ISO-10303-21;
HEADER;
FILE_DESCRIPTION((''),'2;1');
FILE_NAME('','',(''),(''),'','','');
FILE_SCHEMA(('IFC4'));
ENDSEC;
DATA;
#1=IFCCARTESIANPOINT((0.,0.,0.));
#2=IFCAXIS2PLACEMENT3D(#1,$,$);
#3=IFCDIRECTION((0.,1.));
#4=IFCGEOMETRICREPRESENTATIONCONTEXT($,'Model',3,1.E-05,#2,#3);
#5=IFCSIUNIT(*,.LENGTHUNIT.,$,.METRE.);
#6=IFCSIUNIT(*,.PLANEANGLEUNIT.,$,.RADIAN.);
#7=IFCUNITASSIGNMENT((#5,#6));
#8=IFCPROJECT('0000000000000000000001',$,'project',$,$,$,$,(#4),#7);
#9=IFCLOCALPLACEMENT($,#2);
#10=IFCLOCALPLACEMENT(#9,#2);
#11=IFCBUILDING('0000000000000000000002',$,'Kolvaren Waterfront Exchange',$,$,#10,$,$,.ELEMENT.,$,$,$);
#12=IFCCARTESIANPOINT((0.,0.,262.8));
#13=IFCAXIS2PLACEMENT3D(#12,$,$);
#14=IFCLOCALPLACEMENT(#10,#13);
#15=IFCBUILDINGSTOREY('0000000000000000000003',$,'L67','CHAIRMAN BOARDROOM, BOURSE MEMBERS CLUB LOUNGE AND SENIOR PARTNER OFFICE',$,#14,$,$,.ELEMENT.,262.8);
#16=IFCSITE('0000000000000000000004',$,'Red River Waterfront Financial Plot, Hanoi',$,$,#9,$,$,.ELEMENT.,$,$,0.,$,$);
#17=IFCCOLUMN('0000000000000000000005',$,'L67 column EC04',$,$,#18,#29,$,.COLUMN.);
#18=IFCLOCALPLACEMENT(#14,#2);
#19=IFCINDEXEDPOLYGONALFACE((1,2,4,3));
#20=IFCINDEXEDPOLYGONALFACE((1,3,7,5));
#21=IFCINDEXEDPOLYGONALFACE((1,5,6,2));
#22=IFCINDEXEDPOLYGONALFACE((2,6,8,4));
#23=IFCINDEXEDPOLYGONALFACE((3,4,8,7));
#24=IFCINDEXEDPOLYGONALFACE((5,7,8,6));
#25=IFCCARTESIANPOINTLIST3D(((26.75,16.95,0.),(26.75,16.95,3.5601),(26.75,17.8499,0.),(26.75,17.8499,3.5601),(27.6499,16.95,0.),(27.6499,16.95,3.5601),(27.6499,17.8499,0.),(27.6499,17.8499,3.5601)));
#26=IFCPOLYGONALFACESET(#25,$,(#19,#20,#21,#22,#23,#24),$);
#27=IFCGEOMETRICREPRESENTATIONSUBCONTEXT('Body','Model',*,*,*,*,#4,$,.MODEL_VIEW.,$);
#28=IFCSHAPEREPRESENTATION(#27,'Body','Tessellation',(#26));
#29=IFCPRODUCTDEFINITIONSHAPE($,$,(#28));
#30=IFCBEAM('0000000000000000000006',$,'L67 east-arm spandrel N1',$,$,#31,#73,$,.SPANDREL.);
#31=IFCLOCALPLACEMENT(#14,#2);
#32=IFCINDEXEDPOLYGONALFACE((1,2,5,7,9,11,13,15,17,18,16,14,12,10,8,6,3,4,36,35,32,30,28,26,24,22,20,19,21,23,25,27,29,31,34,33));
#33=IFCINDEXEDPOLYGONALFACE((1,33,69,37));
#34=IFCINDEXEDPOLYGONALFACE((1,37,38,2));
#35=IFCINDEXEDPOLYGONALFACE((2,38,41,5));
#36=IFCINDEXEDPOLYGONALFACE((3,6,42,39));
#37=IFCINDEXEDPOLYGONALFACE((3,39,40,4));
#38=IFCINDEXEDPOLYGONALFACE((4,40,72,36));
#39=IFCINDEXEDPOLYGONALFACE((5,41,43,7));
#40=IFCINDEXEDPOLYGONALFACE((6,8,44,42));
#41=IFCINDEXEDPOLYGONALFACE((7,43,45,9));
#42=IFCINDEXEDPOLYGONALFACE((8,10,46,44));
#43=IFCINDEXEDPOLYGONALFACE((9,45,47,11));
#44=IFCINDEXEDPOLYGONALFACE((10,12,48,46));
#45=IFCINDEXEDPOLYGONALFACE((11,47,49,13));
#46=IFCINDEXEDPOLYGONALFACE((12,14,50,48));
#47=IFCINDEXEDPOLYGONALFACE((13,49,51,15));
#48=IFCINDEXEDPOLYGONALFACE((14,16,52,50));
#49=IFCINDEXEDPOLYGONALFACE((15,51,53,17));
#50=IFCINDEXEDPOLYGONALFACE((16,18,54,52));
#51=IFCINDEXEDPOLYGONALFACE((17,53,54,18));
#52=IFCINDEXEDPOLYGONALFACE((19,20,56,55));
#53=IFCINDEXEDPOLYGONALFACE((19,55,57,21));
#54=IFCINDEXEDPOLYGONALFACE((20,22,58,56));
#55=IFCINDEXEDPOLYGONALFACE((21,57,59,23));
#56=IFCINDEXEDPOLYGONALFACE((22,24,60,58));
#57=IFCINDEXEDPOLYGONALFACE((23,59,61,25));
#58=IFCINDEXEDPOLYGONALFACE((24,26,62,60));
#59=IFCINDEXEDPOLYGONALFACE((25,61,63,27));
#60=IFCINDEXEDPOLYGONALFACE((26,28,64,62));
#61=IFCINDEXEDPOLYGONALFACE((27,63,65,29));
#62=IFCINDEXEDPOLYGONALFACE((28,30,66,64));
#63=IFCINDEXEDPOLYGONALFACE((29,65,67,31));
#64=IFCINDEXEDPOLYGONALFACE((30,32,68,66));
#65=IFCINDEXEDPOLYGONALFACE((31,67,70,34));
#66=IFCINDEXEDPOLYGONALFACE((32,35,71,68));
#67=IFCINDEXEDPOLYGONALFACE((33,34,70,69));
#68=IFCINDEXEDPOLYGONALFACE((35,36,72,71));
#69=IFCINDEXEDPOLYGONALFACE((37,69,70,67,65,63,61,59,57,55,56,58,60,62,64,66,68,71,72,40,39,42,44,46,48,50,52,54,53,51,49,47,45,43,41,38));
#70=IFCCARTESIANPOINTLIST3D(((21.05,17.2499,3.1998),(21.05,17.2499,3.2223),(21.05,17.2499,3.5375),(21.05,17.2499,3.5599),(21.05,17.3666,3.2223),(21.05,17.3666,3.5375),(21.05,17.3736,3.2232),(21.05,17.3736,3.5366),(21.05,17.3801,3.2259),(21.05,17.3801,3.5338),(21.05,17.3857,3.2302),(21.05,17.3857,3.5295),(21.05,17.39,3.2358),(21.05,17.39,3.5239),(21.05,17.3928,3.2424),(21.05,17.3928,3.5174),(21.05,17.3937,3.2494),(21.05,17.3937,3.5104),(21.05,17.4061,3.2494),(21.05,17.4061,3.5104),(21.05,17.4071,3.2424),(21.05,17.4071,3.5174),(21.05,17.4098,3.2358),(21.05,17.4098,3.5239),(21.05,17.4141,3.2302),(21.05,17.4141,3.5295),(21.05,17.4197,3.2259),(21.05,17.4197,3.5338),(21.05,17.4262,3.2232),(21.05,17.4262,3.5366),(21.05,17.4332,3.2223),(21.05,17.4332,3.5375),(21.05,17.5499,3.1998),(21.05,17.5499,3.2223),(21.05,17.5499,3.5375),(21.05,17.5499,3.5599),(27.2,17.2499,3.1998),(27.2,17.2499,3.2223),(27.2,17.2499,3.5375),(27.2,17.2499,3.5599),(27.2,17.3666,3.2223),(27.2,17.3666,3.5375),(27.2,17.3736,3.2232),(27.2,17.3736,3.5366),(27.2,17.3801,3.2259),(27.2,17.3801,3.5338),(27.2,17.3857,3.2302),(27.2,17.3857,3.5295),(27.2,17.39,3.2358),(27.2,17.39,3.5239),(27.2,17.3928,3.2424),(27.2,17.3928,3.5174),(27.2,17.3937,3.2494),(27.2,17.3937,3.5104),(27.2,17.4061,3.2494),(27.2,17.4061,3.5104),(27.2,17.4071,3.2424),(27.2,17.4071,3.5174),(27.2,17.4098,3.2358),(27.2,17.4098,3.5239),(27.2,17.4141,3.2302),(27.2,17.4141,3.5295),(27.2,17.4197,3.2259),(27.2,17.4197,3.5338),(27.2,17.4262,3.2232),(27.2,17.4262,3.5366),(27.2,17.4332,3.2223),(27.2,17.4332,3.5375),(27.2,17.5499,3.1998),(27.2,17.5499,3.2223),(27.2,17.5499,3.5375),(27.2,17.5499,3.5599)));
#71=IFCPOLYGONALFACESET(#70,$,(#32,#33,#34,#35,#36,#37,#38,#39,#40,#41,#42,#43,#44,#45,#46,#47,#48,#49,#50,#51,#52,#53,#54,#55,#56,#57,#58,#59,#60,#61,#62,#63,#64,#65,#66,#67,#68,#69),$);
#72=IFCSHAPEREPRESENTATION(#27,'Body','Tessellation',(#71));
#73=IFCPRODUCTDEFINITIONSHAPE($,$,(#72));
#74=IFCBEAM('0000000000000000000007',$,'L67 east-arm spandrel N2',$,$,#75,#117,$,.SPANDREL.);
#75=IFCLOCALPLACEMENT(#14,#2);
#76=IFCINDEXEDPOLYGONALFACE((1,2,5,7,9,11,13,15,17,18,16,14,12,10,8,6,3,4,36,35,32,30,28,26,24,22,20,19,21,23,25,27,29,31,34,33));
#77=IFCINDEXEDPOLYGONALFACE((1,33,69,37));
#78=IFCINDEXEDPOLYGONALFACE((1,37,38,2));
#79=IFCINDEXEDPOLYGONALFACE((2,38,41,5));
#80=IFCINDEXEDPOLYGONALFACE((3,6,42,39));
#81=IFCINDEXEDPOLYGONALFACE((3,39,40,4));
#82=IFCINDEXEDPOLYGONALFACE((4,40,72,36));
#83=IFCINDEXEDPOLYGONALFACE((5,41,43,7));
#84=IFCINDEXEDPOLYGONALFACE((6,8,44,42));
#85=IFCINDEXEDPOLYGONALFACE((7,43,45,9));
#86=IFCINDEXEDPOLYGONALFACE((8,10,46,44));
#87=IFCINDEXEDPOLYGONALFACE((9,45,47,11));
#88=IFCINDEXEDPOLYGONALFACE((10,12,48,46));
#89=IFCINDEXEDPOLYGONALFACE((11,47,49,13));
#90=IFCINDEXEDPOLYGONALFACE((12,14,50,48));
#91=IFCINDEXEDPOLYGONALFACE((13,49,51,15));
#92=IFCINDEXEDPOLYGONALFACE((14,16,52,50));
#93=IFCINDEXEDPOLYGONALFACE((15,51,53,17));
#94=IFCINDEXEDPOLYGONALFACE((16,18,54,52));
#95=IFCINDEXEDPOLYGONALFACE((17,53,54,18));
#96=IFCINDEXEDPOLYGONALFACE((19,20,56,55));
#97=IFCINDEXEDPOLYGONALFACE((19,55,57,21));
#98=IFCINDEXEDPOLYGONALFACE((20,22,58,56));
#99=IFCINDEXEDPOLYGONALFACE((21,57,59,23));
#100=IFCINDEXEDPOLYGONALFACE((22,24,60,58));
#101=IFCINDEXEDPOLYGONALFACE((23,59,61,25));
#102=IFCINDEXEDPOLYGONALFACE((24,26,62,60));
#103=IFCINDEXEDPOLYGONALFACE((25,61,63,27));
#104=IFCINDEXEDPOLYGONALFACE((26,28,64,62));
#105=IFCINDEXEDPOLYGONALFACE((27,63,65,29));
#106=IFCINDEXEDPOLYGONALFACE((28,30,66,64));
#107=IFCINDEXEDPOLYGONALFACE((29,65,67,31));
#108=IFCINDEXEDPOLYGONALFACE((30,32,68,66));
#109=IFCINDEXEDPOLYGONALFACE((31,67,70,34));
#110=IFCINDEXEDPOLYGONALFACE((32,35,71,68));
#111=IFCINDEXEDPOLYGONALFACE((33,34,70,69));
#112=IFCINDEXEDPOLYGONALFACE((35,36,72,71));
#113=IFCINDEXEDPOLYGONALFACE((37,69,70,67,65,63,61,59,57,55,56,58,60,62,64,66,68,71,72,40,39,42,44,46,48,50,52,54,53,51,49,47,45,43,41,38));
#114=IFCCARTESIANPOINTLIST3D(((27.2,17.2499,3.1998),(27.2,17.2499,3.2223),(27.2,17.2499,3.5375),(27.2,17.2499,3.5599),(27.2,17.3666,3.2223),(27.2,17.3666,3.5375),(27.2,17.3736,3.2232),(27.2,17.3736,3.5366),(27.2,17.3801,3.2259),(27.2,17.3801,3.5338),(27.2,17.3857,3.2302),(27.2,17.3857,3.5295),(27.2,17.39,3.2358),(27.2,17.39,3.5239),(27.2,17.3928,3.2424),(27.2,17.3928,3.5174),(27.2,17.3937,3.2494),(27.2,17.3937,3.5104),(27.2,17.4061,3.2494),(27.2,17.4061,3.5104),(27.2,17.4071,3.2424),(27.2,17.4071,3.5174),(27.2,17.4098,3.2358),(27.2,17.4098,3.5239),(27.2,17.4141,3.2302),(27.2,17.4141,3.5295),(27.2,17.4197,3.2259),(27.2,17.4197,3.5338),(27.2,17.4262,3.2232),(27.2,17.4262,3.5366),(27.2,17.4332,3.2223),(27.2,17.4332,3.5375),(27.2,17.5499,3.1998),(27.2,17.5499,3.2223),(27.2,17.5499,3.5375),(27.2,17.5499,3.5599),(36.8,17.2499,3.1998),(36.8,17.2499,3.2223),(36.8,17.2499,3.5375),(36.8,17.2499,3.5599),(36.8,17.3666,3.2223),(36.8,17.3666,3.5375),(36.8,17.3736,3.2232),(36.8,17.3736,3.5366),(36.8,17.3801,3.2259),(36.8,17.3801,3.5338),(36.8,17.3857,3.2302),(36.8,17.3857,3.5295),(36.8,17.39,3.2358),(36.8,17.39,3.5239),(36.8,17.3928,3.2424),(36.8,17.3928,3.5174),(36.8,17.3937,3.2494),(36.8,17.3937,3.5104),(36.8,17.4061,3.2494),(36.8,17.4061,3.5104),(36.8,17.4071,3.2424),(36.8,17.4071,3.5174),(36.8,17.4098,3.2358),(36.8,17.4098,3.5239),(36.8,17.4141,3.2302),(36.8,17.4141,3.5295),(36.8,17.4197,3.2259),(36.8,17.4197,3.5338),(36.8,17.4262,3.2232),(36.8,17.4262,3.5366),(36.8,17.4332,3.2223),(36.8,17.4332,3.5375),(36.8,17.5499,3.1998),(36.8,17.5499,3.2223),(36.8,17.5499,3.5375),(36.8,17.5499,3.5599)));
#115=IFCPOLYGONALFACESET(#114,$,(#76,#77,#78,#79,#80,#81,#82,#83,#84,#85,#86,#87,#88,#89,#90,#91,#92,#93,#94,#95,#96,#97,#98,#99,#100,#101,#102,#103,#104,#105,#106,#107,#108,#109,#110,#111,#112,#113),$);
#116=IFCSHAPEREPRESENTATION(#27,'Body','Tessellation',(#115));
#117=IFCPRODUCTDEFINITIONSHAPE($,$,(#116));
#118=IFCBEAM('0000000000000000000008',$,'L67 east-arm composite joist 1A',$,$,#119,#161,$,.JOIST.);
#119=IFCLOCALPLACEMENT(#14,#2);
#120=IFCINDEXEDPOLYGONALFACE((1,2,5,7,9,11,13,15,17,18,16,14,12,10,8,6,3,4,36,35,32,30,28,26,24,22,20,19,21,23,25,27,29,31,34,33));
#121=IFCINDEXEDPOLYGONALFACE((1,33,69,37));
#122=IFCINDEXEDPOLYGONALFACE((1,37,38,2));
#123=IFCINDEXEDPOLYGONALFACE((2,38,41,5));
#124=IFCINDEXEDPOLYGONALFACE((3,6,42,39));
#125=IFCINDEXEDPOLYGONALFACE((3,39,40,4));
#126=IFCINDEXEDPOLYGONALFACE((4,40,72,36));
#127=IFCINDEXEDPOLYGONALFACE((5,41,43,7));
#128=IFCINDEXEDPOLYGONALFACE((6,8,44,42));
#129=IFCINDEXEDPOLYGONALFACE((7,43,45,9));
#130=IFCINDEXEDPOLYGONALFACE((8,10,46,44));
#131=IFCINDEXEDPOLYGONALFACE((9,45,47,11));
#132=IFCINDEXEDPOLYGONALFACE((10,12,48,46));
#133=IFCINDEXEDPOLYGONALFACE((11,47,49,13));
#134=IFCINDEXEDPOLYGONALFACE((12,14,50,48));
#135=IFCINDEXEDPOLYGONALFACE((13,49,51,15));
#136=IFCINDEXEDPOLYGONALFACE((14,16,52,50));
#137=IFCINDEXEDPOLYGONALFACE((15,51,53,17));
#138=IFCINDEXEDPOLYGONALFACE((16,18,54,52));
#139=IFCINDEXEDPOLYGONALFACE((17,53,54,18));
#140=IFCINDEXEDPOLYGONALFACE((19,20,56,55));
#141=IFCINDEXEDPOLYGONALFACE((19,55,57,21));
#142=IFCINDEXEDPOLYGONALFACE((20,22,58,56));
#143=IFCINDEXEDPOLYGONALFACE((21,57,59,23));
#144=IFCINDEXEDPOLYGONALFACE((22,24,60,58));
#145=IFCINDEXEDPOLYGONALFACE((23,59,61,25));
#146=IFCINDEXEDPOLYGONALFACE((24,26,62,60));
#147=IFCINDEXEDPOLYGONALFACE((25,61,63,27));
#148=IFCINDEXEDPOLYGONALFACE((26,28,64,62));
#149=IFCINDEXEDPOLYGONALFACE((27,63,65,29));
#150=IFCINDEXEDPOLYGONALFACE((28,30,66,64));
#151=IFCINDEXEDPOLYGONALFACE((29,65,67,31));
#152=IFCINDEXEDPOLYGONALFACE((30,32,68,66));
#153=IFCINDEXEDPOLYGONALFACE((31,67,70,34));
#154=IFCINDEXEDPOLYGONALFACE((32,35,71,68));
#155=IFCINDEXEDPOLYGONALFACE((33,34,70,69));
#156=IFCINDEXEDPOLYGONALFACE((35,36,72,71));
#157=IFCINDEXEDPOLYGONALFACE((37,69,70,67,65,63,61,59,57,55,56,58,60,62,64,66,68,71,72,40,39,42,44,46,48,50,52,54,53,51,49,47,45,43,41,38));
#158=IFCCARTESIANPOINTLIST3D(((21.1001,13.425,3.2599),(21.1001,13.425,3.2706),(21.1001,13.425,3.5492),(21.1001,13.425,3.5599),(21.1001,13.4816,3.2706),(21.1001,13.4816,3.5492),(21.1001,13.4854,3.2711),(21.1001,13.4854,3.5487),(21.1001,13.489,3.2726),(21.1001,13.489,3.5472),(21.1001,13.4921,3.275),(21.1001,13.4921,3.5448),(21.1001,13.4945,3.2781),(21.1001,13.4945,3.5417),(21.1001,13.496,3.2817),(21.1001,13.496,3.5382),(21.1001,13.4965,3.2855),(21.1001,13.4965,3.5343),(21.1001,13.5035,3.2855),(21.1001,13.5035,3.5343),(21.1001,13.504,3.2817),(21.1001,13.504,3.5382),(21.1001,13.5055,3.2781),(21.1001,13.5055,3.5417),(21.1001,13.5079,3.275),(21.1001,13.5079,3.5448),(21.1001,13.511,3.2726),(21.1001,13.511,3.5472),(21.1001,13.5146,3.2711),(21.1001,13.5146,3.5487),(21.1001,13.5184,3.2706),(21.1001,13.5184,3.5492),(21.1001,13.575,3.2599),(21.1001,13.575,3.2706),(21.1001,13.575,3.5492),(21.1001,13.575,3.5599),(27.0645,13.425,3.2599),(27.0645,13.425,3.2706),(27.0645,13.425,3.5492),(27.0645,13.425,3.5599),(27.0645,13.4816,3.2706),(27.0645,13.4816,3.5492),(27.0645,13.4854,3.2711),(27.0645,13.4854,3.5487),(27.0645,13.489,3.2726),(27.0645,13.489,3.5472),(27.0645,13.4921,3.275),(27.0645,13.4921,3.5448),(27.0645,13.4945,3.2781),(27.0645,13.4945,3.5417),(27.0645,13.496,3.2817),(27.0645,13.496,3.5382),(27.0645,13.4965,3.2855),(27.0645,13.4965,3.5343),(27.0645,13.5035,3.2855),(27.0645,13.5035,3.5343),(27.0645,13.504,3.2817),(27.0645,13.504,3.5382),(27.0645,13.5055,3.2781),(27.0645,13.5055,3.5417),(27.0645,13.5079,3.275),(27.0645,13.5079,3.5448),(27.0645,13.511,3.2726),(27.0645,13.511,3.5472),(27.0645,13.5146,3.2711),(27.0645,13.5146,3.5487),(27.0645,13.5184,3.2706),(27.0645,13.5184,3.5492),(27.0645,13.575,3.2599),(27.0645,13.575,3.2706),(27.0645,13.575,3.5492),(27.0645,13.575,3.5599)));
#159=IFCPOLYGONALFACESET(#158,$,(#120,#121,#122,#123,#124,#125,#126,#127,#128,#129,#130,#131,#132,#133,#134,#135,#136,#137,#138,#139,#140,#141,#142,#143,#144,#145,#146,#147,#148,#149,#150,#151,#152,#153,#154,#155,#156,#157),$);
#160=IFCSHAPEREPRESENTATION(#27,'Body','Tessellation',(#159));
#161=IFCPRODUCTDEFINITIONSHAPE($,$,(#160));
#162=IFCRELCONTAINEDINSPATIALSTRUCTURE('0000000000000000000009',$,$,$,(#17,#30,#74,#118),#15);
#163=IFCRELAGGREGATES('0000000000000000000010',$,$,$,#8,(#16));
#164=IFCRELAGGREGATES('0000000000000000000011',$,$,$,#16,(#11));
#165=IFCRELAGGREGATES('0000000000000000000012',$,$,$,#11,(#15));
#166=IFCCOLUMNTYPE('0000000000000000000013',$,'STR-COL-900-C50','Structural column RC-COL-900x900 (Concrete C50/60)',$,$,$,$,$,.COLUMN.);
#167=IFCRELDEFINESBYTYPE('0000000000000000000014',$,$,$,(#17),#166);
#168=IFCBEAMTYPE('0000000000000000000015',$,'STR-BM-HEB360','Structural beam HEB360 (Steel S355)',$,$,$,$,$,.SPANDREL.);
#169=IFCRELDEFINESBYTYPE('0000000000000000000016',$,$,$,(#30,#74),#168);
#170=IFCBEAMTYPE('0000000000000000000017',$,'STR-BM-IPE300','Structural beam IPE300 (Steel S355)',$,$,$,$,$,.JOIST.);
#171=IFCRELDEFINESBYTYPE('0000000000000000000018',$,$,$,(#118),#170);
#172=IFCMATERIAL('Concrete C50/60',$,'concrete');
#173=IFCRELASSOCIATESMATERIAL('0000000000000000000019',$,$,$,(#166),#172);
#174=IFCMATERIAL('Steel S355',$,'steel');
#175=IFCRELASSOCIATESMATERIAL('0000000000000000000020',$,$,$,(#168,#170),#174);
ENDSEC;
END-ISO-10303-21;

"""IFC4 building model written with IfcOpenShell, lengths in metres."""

from ifc_helpers import new_model, si_unit, direction, frame, origin, origin_2d, place, context, subcontext, project, spatial, rectangle, i_section, extrude, material, material_profile, profile_set, type_object, element, save


model = new_model("IFC4")

# Units and contexts
model_context = context("Model", 3, precision=1e-05, world=origin(), true_north=direction((0.0, 1.0)))
body_context = subcontext(model_context, "Body", "Model", "MODEL_VIEW")
ifc_project = project(units=[si_unit("LENGTHUNIT", "METRE"), si_unit("PLANEANGLEUNIT", "RADIAN")], contexts=[model_context])

# Site, building, storey
site_placement = place(None, origin())
site = spatial("IfcSite", under=ifc_project, at=site_placement, Name="Red River Waterfront Financial Plot, Hanoi", CompositionType="ELEMENT", RefElevation=0.0)
building_placement = place(site_placement, origin())
building = spatial("IfcBuilding", under=site, at=building_placement, Name="Kolvaren Waterfront Exchange", CompositionType="ELEMENT")
storey_placement = place(building_placement, frame((0.0, 0.0, 262.8)))
storey = spatial("IfcBuildingStorey", under=building, at=storey_placement, Name="L67", Description="CHAIRMAN BOARDROOM, BOURSE MEMBERS CLUB LOUNGE AND SENIOR PARTNER OFFICE", CompositionType="ELEMENT", Elevation=262.8)

# Column
ifc_material_1 = material(Name="Concrete C50/60", Category="concrete")
ifc_material_profile_1 = material_profile(ifc_material_1, rectangle(XDim=0.8999, YDim=0.8999, at=origin_2d()), Name="RC-COL-900x900")
ifc_profile_set_1 = profile_set([ifc_material_profile_1], Name="Concrete C50/60")
column_type = type_object("IfcColumnType", Name="STR-COL-900-C50", Description="Structural column RC-COL-900x900 (Concrete C50/60)", PredefinedType="COLUMN", material=ifc_profile_set_1)
column_placement = place(storey_placement, frame((27.2, 17.3999, 0.0), z_axis=(0.0, 0.0, 1.0), x_axis=(1.0, 0.0, 0.0)))
element("IfcColumn", 1, at=column_placement, inside=storey, type_object=column_type, Name="L67 column EC04", PredefinedType="COLUMN", context=body_context, shape_type="SweptSolid", body=[
    extrude(rectangle(XDim=0.8999, YDim=0.8999, at=origin_2d()), origin(), (0.0, 0.0, 1.0), 3.5601),
])

# Beams
ifc_material_2 = material(Name="Steel S355", Category="steel")
ifc_material_profile_2 = material_profile(ifc_material_2, i_section(OverallWidth=0.3, OverallDepth=0.3601, WebThickness=0.0125, FlangeThickness=0.0225, FilletRadius=0.0271, at=origin_2d()), Name="HEB360")
ifc_profile_set_2 = profile_set([ifc_material_profile_2], Name="Steel S355")
beam_type_1 = type_object("IfcBeamType", Name="STR-BM-HEB360", Description="Structural beam HEB360 (Steel S355)", PredefinedType="SPANDREL", material=ifc_profile_set_2)
beam_1_placement = place(storey_placement, frame((21.05, 17.3999, 3.3799), z_axis=(1.0, 0.0, 0.0), x_axis=(0.0, 1.0, 0.0)))
element("IfcBeam", 2, at=beam_1_placement, inside=storey, type_object=beam_type_1, Name="L67 east-arm spandrel N1", PredefinedType="SPANDREL", context=body_context, shape_type="SweptSolid", body=[
    extrude(i_section(OverallWidth=0.3, OverallDepth=0.3601, WebThickness=0.0125, FlangeThickness=0.0225, FilletRadius=0.0271, at=origin_2d()), origin(), (0.0, 0.0, 1.0), 6.1499),
])
beam_2_placement = place(storey_placement, frame((27.2, 17.3999, 3.3799), z_axis=(1.0, 0.0, 0.0), x_axis=(0.0, 1.0, 0.0)))
element("IfcBeam", 3, at=beam_2_placement, inside=storey, type_object=beam_type_1, Name="L67 east-arm spandrel N2", PredefinedType="SPANDREL", context=body_context, shape_type="SweptSolid", body=[
    extrude(i_section(OverallWidth=0.3, OverallDepth=0.3601, WebThickness=0.0125, FlangeThickness=0.0225, FilletRadius=0.0271, at=origin_2d()), origin(), (0.0, 0.0, 1.0), 9.6001),
])
ifc_material_profile_3 = material_profile(ifc_material_2, i_section(OverallWidth=0.1499, OverallDepth=0.3, WebThickness=0.0071, FlangeThickness=0.0107, FilletRadius=0.0149, at=origin_2d()), Name="IPE300")
ifc_profile_set_3 = profile_set([ifc_material_profile_3], Name="Steel S355")
beam_type_2 = type_object("IfcBeamType", Name="STR-BM-IPE300", Description="Structural beam IPE300 (Steel S355)", PredefinedType="JOIST", material=ifc_profile_set_3)
for number, where, z_axis, x_axis, name in (
    (4, (21.1001, 13.5, 3.4099), (1.0, 0.0, 0.0), (0.0, 1.0, 0.0), "L67 east-arm composite joist 1A"),
):
    element("IfcBeam", number, at=place(storey_placement, frame(where, z_axis=z_axis, x_axis=x_axis)), inside=storey, type_object=beam_type_2, Name=name, PredefinedType="JOIST", context=body_context, shape_type="SweptSolid", body=[
        extrude(i_section(OverallWidth=0.1499, OverallDepth=0.3, WebThickness=0.0071, FlangeThickness=0.0107, FilletRadius=0.0149, at=origin_2d()), origin(), (0.0, 0.0, 1.0), 5.9644),
    ])

save(model, "model.ifc")
